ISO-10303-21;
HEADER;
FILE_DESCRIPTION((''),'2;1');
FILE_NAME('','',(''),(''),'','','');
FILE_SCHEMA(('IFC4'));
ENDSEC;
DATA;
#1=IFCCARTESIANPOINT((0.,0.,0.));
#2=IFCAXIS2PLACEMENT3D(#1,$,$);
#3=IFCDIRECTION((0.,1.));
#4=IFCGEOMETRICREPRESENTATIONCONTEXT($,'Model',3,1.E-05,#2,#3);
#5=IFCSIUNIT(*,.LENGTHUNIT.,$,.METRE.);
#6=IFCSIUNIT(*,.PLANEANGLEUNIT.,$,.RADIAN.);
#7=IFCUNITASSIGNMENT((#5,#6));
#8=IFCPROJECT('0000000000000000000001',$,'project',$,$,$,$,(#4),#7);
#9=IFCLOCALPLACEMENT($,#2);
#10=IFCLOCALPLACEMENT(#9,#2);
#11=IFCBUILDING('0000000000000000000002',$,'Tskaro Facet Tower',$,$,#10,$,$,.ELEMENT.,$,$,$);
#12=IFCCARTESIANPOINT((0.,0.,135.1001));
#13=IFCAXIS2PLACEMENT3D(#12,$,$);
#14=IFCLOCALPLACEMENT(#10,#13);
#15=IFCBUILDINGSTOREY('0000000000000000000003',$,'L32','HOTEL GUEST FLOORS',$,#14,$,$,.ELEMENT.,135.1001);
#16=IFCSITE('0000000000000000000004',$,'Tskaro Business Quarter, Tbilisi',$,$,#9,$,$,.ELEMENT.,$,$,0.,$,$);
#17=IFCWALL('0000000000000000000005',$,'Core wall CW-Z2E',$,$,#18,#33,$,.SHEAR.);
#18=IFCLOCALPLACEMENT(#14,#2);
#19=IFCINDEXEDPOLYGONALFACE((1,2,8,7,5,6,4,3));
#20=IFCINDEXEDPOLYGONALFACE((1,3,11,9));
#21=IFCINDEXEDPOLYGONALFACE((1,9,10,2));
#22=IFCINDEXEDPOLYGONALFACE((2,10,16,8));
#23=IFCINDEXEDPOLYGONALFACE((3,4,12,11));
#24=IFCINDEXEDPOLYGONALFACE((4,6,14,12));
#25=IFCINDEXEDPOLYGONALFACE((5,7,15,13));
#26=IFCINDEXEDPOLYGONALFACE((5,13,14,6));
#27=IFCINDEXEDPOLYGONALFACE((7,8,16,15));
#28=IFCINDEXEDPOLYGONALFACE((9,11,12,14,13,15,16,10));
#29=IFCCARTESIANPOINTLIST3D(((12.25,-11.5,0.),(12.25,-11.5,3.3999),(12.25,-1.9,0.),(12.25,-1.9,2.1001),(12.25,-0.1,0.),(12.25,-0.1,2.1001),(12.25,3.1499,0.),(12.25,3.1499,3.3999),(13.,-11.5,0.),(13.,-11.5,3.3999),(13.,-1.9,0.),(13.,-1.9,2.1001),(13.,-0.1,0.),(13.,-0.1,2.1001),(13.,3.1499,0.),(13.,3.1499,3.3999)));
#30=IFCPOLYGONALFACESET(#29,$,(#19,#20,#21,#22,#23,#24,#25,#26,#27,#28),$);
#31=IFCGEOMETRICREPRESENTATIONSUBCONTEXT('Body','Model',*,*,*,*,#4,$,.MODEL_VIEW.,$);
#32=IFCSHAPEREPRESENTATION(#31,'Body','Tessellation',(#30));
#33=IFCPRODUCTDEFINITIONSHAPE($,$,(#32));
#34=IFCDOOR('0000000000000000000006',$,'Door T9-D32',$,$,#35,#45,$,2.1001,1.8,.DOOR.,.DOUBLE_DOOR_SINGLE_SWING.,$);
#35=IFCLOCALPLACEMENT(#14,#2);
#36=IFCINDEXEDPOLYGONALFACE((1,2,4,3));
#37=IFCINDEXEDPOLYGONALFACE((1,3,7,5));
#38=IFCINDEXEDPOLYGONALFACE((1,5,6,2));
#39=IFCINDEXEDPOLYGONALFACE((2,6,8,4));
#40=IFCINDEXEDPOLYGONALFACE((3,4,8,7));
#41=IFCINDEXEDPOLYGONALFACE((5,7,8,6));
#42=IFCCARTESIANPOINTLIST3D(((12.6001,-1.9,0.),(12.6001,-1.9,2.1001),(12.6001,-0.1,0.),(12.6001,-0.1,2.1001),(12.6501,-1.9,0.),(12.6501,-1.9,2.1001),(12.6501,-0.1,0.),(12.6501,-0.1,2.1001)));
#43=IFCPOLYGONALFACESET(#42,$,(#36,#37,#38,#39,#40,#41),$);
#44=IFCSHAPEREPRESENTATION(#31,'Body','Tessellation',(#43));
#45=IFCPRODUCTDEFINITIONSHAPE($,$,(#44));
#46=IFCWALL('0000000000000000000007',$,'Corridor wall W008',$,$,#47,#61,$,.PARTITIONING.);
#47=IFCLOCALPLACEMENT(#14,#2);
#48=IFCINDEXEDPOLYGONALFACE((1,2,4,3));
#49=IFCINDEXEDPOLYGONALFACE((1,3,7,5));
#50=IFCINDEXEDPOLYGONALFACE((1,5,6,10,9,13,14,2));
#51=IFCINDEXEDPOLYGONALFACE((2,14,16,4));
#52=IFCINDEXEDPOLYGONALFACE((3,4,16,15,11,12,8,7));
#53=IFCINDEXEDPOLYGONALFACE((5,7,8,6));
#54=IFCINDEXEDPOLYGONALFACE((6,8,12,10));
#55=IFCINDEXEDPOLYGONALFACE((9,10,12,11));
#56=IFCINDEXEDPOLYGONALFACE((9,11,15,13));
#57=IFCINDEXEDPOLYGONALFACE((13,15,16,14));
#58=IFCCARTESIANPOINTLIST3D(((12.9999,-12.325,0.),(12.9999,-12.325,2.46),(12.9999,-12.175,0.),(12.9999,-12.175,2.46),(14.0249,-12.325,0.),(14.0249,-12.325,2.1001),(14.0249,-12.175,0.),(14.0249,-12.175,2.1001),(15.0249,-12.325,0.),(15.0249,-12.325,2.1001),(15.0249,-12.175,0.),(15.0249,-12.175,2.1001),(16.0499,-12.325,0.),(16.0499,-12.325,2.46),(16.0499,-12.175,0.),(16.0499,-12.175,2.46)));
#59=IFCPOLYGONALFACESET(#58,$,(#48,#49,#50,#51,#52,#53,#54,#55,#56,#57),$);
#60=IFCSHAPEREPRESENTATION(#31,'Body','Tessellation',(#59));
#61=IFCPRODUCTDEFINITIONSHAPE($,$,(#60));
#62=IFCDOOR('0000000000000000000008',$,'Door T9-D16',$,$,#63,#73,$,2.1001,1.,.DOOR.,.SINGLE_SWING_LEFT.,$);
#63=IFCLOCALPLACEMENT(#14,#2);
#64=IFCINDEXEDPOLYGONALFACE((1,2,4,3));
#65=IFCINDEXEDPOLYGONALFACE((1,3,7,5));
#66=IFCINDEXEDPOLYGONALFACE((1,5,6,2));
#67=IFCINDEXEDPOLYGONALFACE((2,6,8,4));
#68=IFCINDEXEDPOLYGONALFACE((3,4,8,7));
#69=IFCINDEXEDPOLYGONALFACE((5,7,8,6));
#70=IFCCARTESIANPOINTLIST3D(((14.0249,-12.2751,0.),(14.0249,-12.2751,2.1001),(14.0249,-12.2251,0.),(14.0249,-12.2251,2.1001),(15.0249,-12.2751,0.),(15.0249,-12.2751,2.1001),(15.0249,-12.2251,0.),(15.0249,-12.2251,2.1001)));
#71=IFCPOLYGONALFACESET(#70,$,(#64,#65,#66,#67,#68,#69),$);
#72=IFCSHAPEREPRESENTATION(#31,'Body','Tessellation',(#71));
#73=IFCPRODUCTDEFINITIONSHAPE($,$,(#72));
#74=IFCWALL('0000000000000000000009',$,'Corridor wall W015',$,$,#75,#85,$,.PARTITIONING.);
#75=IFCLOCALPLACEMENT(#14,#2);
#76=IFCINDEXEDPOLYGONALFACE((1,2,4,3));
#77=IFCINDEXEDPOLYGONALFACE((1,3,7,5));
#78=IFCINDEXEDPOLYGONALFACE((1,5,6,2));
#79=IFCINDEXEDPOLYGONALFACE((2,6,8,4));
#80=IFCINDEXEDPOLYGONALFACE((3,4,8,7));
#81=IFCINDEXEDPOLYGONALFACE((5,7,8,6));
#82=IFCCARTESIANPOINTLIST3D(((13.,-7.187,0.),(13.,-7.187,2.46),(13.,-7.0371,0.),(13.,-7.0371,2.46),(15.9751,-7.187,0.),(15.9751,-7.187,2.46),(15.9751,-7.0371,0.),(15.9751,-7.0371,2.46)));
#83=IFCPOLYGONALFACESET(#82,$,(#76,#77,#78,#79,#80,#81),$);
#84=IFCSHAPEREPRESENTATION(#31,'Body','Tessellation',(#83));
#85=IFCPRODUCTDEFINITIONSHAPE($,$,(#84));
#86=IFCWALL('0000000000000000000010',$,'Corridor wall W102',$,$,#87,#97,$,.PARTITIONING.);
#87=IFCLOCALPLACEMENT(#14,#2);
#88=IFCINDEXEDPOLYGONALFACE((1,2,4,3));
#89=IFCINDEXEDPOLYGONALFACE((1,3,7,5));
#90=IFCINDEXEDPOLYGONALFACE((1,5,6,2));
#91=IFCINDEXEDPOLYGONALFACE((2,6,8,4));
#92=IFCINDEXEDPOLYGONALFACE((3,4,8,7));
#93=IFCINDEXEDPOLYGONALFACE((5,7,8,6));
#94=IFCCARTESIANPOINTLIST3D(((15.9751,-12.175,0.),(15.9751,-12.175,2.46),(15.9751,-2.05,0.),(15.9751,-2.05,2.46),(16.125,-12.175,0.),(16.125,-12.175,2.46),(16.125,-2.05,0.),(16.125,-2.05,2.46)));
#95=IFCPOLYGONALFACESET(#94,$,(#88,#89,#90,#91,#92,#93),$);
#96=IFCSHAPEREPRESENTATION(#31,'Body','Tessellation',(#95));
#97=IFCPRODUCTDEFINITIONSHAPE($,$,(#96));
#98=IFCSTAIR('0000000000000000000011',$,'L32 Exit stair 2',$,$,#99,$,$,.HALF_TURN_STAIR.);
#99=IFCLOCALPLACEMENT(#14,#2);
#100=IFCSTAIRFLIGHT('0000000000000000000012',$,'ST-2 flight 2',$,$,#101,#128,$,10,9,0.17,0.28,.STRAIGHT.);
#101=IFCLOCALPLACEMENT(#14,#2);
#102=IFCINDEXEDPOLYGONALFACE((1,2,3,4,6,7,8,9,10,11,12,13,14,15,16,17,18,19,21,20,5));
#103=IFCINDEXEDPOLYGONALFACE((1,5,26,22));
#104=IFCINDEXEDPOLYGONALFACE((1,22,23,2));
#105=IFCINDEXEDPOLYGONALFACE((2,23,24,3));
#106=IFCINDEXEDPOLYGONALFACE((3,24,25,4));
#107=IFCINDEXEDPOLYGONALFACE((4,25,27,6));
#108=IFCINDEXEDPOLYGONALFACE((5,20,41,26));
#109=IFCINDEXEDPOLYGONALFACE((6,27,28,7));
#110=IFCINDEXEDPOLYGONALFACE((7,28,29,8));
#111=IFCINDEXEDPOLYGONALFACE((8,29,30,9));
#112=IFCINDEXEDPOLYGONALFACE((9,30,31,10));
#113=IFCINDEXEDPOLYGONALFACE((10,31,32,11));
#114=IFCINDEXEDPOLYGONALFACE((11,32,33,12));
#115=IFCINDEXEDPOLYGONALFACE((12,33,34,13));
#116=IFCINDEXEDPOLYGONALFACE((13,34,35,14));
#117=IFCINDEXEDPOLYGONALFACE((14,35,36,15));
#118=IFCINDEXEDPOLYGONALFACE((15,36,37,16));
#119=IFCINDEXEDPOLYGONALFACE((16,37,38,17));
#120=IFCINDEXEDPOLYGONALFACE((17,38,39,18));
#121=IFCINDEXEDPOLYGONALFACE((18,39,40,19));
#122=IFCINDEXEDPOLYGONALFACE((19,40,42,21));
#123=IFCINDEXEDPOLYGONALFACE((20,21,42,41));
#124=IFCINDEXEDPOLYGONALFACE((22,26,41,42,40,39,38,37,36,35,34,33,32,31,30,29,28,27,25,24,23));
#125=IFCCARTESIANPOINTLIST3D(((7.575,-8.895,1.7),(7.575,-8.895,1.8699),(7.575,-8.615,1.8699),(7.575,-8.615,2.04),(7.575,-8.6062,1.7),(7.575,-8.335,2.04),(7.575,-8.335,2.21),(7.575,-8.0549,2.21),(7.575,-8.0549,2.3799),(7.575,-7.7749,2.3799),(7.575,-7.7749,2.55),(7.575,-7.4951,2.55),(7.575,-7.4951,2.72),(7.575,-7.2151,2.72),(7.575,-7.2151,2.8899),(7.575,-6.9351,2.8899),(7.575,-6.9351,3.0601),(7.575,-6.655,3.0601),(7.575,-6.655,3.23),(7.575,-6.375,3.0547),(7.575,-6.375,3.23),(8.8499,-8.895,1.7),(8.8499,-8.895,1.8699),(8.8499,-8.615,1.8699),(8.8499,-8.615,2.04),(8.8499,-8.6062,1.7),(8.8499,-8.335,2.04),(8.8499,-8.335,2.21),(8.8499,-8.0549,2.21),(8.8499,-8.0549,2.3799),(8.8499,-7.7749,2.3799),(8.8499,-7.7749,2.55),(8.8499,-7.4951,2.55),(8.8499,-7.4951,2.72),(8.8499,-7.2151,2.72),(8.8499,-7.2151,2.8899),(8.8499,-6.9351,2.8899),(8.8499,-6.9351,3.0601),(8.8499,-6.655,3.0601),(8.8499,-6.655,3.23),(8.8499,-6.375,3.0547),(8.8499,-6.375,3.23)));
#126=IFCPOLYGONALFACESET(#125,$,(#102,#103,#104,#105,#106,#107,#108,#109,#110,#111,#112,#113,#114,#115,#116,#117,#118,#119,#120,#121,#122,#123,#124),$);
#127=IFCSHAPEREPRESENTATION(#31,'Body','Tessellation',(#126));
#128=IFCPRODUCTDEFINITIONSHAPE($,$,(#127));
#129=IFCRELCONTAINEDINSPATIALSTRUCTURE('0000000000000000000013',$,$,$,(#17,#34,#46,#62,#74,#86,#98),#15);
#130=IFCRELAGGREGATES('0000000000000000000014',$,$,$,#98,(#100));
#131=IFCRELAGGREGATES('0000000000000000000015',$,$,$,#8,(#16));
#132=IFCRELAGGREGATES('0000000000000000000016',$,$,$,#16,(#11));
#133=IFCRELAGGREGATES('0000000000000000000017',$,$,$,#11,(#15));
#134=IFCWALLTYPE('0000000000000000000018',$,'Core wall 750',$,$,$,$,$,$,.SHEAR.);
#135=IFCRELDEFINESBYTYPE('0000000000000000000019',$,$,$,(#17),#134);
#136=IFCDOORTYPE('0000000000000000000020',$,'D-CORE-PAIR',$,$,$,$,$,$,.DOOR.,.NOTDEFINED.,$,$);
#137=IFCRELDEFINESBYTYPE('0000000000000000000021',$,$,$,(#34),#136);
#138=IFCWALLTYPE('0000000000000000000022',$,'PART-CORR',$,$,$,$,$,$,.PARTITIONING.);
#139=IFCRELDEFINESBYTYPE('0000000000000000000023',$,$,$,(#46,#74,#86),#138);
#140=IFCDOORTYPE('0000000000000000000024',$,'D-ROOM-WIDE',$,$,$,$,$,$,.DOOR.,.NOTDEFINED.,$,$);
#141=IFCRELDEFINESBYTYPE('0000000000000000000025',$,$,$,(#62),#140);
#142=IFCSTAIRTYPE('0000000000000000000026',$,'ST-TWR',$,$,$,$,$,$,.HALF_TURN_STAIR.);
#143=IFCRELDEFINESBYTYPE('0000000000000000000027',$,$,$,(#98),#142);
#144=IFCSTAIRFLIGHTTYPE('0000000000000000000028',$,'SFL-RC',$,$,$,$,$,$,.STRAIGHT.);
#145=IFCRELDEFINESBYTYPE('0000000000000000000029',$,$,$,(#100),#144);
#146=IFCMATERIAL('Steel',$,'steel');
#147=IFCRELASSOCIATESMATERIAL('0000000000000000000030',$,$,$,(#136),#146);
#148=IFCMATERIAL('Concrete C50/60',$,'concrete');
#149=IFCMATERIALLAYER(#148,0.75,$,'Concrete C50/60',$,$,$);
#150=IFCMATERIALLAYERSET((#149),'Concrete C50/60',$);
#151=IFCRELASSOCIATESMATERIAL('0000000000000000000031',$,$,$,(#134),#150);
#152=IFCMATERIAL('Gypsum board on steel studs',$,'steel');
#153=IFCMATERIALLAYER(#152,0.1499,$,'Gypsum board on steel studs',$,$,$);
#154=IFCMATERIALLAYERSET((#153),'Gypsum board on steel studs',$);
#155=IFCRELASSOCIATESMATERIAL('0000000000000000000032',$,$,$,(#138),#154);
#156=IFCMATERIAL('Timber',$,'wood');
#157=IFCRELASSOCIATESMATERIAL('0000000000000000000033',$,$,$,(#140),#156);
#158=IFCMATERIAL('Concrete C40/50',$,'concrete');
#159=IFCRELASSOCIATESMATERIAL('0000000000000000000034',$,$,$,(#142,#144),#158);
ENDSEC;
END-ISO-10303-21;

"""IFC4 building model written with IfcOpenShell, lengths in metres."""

from ifc_helpers import new_model, si_unit, direction, frame, frame_2d, origin, place, context, subcontext, project, spatial, polyline, rectangle, outline, extrude, material, layer, layer_set, type_object, element, fill, aggregate, save


model = new_model("IFC4")

# Units and contexts
model_context = context("Model", 3, precision=1e-05, world=origin(), true_north=direction((0.0, 1.0)))
body_context = subcontext(model_context, "Body", "Model", "MODEL_VIEW")
ifc_project = project(units=[si_unit("LENGTHUNIT", "METRE"), si_unit("PLANEANGLEUNIT", "RADIAN")], contexts=[model_context])

# Site, building, storey
site_placement = place(None, origin())
site = spatial("IfcSite", under=ifc_project, at=site_placement, Name="Tskaro Business Quarter, Tbilisi", CompositionType="ELEMENT", RefElevation=0.0)
building_placement = place(site_placement, origin())
building = spatial("IfcBuilding", under=site, at=building_placement, Name="Tskaro Facet Tower", CompositionType="ELEMENT")
storey_placement = place(building_placement, frame((0.0, 0.0, 135.1001)))
storey = spatial("IfcBuildingStorey", under=building, at=storey_placement, Name="L32", Description="HOTEL GUEST FLOORS", CompositionType="ELEMENT", Elevation=135.1001)

# Shared definitions
ifc_material_1 = material(Name="Steel", Category="steel")
ifc_material_2 = material(Name="Timber", Category="wood")
ifc_material_3 = material(Name="Concrete C40/50", Category="concrete")
door_type_1 = type_object("IfcDoorType", Name="D-CORE-PAIR", OperationType="NOTDEFINED", PredefinedType="DOOR", material=ifc_material_1)

# Walls, openings, doors
ifc_material_4 = material(Name="Concrete C50/60", Category="concrete")
ifc_layer_1 = layer(ifc_material_4, 0.75, Name="Concrete C50/60")
ifc_layer_set_1 = layer_set([ifc_layer_1], Name="Concrete C50/60")
wall_type_1 = type_object("IfcWallType", Name="Core wall 750", PredefinedType="SHEAR", material=ifc_layer_set_1)
wall_1_placement = place(storey_placement, frame((12.625, -11.5, 0.0), z_axis=(0.0, 0.0, 1.0), x_axis=(0.0, 1.0, 0.0)))
wall_1 = element("IfcWall", 1, at=wall_1_placement, inside=storey, type_object=wall_type_1, Name="Core wall CW-Z2E", PredefinedType="SHEAR", context=body_context, shape_type="SweptSolid", body=[
    extrude(rectangle(XDim=14.6499, YDim=0.75, at=frame_2d((7.325, 0.0))), origin(), (0.0, 0.0, 1.0), 3.3999),
])
opening_1_placement = place(wall_1_placement, frame((9.6001, 0.0, 0.0)))
opening_1 = element("IfcOpeningElement", 2, at=opening_1_placement, cuts=wall_1, PredefinedType="OPENING", context=body_context, shape_type="SweptSolid", body=[
    extrude(rectangle(XDim=1.8, YDim=2.1001, at=frame_2d((0.8999, 1.05))), frame((0.0, 0.385, 0.0), z_axis=(0.0, -1.0, 0.0), x_axis=(1.0, 0.0, 0.0)), (0.0, 0.0, 1.0), 0.77),
])
door_1_placement = place(opening_1_placement, origin())
door_1 = element("IfcDoor", 3, at=door_1_placement, inside=storey, type_object=door_type_1, Name="Door T9-D32", OperationType="DOUBLE_DOOR_SINGLE_SWING", OverallHeight=2.1001, OverallWidth=1.8, PredefinedType="DOOR", context=body_context, shape_type="SweptSolid", body=[
    extrude(rectangle(XDim=1.8, YDim=2.1001, at=frame_2d((0.8999, 1.05))), frame((0.0, 0.0249, 0.0), z_axis=(0.0, -1.0, 0.0), x_axis=(1.0, 0.0, 0.0)), (0.0, 0.0, 1.0), 0.05),
])
fill(opening_1, door_1)
ifc_material_5 = material(Name="Gypsum board on steel studs", Category="steel")
ifc_layer_2 = layer(ifc_material_5, 0.1499, Name="Gypsum board on steel studs")
ifc_layer_set_2 = layer_set([ifc_layer_2], Name="Gypsum board on steel studs")
wall_type_2 = type_object("IfcWallType", Name="PART-CORR", PredefinedType="PARTITIONING", material=ifc_layer_set_2)
wall_2_placement = place(storey_placement, frame((13.0, -12.25, 0.0), z_axis=(0.0, 0.0, 1.0), x_axis=(1.0, 0.0, 0.0)))
wall_2 = element("IfcWall", 4, at=wall_2_placement, inside=storey, type_object=wall_type_2, Name="Corridor wall W008", PredefinedType="PARTITIONING", context=body_context, shape_type="SweptSolid", body=[
    extrude(rectangle(XDim=3.05, YDim=0.1499, at=frame_2d((1.5249, 0.0))), origin(), (0.0, 0.0, 1.0), 2.46),
])
opening_2_placement = place(wall_2_placement, frame((1.0249, 0.0, 0.0)))
opening_2 = element("IfcOpeningElement", 5, at=opening_2_placement, cuts=wall_2, PredefinedType="OPENING", context=body_context, shape_type="SweptSolid", body=[
    extrude(rectangle(XDim=1.0, YDim=2.1001, at=frame_2d((0.5, 1.05))), frame((0.0, 0.085, 0.0), z_axis=(0.0, -1.0, 0.0), x_axis=(1.0, 0.0, 0.0)), (0.0, 0.0, 1.0), 0.1699),
])
door_type_2 = type_object("IfcDoorType", Name="D-ROOM-WIDE", OperationType="NOTDEFINED", PredefinedType="DOOR", material=ifc_material_2)
door_2_placement = place(opening_2_placement, origin())
door_2 = element("IfcDoor", 6, at=door_2_placement, inside=storey, type_object=door_type_2, Name="Door T9-D16", OperationType="SINGLE_SWING_LEFT", OverallHeight=2.1001, OverallWidth=1.0, PredefinedType="DOOR", context=body_context, shape_type="SweptSolid", body=[
    extrude(rectangle(XDim=1.0, YDim=2.1001, at=frame_2d((0.5, 1.05))), frame((0.0, 0.0249, 0.0), z_axis=(0.0, -1.0, 0.0), x_axis=(1.0, 0.0, 0.0)), (0.0, 0.0, 1.0), 0.05),
])
fill(opening_2, door_2)

# Walls
wall_3_placement = place(storey_placement, frame((13.0, -7.1121, 0.0), z_axis=(0.0, 0.0, 1.0), x_axis=(1.0, 0.0, 0.0)))
element("IfcWall", 7, at=wall_3_placement, inside=storey, type_object=wall_type_2, Name="Corridor wall W015", PredefinedType="PARTITIONING", context=body_context, shape_type="SweptSolid", body=[
    extrude(rectangle(XDim=2.9751, YDim=0.1499, at=frame_2d((1.4875, 0.0))), origin(), (0.0, 0.0, 1.0), 2.46),
])
wall_4_placement = place(storey_placement, frame((16.05, -12.175, 0.0), z_axis=(0.0, 0.0, 1.0), x_axis=(0.0, 1.0, 0.0)))
element("IfcWall", 8, at=wall_4_placement, inside=storey, type_object=wall_type_2, Name="Corridor wall W102", PredefinedType="PARTITIONING", context=body_context, shape_type="SweptSolid", body=[
    extrude(rectangle(XDim=10.125, YDim=0.1499, at=frame_2d((5.0625, 0.0))), origin(), (0.0, 0.0, 1.0), 2.46),
])

# Stair, stair flight
stair_type = type_object("IfcStairType", Name="ST-TWR", PredefinedType="HALF_TURN_STAIR", material=ifc_material_3)
stair_placement = place(storey_placement, origin())
stair = element("IfcStair", 9, at=stair_placement, inside=storey, type_object=stair_type, Name="L32 Exit stair 2", PredefinedType="HALF_TURN_STAIR")
stair_flight_type = type_object("IfcStairFlightType", Name="SFL-RC", PredefinedType="STRAIGHT", material=ifc_material_3)
stair_flight_placement = place(storey_placement, frame((8.2124, -8.895, 1.7), z_axis=(0.0, 0.0, 1.0), x_axis=(0.0, 1.0, 0.0)))
stair_flight = element("IfcStairFlight", 10, at=stair_flight_placement, type_object=stair_flight_type, Name="ST-2 flight 2", NumberOfRisers=10, NumberOfTreads=9, PredefinedType="STRAIGHT", RiserHeight=0.17, TreadLength=0.28, context=body_context, shape_type="SweptSolid", body=[
    extrude(outline(polyline([(0.0, 0.0), (0.0, 0.1699), (0.28, 0.1699), (0.28, 0.3401), (0.5601, 0.3401), (0.5601, 0.51), (0.8401, 0.51), (0.8401, 0.6799), (1.1201, 0.6799), (1.1201, 0.8501), (1.3999, 0.8501), (1.3999, 1.02), (1.6799, 1.02), (1.6799, 1.1899), (1.96, 1.1899), (1.96, 1.3601), (2.24, 1.3601), (2.24, 1.53), (2.52, 1.53), (2.52, 1.7), (2.52, 1.3547), (0.2888, 0.0), (0.0, 0.0)])), frame((0.0, 0.6375, 0.0), z_axis=(0.0, -1.0, 0.0), x_axis=(1.0, 0.0, 0.0)), (0.0, 0.0, 1.0), 1.2749),
])
aggregate(stair, [stair_flight])

save(model, "model.ifc")
